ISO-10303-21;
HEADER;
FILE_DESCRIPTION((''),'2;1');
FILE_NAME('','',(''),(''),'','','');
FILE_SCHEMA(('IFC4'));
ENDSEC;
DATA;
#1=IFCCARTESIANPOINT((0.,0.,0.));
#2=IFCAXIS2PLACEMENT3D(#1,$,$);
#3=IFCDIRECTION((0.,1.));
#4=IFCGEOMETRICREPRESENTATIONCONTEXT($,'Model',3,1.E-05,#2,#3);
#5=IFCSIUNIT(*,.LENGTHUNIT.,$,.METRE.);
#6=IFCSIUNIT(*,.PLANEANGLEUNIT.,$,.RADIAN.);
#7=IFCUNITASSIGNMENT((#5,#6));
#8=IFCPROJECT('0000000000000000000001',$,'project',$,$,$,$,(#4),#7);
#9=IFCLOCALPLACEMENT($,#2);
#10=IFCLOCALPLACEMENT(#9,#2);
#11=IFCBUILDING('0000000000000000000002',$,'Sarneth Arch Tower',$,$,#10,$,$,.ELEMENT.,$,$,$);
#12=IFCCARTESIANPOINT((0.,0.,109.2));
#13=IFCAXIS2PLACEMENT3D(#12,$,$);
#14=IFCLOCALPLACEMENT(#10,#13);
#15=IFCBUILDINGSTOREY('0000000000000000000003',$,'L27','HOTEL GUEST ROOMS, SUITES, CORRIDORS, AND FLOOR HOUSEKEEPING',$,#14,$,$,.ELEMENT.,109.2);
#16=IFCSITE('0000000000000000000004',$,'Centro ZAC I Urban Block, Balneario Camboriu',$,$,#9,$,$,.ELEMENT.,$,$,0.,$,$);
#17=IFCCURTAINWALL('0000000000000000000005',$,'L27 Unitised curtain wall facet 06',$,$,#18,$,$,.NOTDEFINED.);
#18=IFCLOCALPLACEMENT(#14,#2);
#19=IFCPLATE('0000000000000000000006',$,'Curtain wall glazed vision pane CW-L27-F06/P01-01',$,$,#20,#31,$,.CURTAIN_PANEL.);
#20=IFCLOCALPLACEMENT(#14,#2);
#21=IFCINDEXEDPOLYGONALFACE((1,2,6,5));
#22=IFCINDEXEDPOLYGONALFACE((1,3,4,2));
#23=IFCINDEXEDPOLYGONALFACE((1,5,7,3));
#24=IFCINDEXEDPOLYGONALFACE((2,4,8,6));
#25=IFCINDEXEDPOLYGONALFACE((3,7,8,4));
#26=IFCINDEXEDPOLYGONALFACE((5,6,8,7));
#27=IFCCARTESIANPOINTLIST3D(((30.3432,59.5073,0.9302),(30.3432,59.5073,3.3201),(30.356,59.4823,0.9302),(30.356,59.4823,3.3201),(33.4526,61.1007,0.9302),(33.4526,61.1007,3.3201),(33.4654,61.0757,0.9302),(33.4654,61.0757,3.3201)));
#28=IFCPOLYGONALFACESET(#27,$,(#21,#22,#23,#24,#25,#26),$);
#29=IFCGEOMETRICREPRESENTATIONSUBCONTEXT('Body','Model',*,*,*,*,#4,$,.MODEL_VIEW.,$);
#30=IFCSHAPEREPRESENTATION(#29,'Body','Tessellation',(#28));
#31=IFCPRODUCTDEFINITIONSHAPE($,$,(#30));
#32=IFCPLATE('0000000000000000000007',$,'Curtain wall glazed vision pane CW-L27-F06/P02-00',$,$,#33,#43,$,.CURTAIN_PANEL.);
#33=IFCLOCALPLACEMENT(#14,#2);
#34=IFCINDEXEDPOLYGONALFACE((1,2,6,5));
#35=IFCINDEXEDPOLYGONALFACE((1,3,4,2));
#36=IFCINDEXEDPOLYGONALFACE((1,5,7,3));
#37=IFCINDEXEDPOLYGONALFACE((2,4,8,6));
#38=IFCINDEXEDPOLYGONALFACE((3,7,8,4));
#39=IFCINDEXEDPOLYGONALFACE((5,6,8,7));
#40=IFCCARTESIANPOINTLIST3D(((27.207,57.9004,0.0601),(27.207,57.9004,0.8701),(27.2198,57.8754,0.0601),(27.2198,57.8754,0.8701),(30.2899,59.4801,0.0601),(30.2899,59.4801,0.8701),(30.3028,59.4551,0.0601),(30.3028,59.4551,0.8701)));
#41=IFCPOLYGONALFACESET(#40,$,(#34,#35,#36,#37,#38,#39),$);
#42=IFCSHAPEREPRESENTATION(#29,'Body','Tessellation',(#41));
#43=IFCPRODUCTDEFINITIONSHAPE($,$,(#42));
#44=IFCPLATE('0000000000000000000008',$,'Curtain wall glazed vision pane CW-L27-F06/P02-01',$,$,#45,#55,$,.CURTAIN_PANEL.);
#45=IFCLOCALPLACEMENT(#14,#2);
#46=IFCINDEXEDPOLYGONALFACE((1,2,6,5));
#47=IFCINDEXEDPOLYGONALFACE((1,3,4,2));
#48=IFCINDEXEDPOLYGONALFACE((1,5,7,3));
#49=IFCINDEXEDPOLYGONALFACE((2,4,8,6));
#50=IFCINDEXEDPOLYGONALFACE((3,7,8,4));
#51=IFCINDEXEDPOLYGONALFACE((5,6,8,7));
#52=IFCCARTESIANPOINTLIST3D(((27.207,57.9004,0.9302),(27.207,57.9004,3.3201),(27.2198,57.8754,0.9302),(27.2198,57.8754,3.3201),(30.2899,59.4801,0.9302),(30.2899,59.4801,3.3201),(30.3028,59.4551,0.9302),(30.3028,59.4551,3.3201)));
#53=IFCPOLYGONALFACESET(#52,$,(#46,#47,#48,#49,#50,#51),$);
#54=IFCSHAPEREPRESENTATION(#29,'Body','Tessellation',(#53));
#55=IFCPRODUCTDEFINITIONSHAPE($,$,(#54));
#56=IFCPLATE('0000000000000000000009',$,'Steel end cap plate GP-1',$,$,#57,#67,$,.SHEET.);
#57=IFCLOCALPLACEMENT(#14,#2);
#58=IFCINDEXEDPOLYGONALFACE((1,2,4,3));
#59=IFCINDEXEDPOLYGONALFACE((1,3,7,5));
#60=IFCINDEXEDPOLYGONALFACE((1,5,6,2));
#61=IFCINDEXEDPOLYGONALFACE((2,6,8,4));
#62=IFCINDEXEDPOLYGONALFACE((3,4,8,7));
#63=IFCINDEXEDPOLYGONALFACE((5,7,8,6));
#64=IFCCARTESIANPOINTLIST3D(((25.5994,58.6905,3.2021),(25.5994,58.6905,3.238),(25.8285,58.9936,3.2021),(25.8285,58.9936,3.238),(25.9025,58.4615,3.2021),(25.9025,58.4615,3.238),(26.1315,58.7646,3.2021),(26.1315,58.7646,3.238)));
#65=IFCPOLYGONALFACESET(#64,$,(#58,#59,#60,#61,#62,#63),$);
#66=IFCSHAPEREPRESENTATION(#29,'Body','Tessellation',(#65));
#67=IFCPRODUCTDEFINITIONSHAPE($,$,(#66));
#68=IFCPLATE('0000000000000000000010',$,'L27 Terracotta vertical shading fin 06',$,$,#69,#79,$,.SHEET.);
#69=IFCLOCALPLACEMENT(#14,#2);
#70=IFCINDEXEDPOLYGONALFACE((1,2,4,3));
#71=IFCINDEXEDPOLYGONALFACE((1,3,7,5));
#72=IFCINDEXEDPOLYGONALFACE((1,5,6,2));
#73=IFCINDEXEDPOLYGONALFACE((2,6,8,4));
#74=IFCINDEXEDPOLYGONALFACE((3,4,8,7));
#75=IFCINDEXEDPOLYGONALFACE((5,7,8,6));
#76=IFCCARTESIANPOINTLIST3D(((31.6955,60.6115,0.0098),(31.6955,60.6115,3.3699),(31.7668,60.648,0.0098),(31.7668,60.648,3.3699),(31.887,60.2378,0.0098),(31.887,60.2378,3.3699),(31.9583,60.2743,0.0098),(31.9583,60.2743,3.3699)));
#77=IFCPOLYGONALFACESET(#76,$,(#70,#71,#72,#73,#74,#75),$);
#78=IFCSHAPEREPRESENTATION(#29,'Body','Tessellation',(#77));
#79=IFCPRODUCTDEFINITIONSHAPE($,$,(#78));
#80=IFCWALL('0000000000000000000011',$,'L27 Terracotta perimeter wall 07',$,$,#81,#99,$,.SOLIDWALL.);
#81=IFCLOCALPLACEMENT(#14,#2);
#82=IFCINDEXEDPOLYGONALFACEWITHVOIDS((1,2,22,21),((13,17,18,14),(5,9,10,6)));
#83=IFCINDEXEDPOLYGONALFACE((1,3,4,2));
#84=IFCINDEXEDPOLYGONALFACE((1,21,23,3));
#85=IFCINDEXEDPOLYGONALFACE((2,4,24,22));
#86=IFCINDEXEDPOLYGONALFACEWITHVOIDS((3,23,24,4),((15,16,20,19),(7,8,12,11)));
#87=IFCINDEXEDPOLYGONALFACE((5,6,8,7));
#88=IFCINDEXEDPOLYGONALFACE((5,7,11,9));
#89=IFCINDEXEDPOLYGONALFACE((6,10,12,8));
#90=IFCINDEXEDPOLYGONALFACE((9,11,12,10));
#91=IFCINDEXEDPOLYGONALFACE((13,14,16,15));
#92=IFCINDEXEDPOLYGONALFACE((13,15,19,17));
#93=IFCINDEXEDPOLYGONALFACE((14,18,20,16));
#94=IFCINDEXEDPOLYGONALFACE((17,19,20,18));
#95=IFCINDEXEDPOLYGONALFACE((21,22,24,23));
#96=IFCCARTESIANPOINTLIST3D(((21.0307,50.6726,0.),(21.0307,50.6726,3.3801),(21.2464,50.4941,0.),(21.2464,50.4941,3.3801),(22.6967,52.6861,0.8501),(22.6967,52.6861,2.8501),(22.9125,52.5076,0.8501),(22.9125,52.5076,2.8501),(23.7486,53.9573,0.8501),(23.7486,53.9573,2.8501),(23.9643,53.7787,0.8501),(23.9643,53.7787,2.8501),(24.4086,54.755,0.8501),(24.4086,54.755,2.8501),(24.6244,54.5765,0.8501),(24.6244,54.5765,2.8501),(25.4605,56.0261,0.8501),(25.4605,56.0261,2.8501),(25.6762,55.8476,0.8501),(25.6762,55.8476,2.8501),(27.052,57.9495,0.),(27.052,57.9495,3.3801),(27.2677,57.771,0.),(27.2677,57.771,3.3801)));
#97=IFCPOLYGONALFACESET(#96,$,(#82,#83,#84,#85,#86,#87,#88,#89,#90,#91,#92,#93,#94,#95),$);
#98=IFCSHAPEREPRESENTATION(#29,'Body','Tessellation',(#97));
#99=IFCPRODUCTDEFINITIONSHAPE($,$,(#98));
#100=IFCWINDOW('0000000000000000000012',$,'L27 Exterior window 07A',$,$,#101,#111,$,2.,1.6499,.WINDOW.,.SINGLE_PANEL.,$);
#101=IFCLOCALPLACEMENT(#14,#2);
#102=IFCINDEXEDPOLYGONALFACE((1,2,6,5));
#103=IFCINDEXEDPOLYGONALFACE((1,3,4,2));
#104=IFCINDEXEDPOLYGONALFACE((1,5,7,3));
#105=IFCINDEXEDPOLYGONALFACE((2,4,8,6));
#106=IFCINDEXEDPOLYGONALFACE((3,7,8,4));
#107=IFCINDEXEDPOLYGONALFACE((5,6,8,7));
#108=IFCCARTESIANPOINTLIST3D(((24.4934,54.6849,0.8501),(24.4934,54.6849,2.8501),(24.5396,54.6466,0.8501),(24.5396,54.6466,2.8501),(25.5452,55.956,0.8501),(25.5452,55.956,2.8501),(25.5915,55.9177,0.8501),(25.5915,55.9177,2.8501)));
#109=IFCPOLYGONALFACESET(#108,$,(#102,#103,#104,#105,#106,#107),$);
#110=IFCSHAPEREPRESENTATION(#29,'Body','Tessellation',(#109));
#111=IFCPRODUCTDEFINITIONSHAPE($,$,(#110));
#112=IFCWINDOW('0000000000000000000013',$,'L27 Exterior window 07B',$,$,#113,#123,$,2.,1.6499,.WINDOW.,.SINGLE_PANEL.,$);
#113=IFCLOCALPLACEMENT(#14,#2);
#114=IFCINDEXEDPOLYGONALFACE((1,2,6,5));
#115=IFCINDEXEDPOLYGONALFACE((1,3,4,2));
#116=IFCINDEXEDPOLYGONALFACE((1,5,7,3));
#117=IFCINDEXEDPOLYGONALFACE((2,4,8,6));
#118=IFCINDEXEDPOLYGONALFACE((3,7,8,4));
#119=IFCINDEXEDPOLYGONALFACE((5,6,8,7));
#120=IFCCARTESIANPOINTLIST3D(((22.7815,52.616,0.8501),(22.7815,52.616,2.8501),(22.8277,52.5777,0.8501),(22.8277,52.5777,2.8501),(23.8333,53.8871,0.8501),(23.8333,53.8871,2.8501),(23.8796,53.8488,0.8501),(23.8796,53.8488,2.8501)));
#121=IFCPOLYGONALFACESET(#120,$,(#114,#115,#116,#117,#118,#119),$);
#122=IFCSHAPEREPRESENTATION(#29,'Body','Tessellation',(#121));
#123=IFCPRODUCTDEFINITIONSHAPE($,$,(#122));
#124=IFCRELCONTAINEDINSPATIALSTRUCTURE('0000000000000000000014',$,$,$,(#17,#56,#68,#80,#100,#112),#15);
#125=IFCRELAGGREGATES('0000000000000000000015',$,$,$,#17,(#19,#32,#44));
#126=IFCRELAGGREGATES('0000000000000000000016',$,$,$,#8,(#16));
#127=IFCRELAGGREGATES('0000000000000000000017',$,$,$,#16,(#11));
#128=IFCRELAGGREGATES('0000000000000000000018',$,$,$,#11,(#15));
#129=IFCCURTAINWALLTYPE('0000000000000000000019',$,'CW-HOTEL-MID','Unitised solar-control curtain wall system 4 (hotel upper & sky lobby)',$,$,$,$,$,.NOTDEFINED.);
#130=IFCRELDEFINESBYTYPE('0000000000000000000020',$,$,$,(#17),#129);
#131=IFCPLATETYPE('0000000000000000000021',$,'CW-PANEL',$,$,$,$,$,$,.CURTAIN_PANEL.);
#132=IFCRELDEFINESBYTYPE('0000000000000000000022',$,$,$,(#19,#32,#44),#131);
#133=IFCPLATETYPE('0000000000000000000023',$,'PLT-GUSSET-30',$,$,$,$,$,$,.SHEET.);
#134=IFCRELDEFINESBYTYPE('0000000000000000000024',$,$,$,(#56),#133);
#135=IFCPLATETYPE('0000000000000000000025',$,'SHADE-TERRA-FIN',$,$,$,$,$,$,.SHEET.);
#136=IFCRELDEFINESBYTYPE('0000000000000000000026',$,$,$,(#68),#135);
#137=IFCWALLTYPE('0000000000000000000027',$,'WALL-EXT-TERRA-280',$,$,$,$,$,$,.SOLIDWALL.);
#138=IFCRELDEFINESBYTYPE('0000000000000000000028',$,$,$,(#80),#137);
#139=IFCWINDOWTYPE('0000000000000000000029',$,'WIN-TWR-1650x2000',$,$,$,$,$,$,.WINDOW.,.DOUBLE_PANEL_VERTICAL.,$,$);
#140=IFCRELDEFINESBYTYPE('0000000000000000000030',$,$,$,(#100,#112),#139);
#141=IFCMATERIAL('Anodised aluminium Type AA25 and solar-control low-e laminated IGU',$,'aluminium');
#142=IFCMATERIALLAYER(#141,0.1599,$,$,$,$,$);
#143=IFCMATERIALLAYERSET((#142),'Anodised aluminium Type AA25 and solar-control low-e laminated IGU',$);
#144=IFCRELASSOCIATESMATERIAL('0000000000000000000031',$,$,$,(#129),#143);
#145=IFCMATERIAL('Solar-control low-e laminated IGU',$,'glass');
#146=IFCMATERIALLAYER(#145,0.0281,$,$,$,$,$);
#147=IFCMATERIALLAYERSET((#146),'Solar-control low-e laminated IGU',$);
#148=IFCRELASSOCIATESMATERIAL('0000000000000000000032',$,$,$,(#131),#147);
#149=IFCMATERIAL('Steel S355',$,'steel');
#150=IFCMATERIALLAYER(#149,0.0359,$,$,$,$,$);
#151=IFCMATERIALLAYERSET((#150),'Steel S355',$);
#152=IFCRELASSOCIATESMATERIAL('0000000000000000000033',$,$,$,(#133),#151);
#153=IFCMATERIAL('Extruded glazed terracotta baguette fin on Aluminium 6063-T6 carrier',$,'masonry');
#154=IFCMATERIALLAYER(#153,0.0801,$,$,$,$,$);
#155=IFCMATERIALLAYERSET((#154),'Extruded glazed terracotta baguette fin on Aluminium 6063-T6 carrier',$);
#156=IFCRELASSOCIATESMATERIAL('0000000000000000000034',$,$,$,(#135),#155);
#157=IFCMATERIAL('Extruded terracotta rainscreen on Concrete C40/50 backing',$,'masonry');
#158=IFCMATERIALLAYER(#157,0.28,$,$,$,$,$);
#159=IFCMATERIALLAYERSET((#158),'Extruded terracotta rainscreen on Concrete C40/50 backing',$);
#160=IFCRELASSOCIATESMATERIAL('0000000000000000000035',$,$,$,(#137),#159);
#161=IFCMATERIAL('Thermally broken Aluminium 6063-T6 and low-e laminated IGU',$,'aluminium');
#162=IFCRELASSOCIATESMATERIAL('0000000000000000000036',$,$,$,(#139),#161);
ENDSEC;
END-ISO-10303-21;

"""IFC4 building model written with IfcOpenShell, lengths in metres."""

from ifc_helpers import new_model, si_unit, direction, frame, frame_2d, origin, origin_2d, place, context, subcontext, project, spatial, rectangle, extrude, material, layer, layer_set, type_object, element, fill, aggregate, save


model = new_model("IFC4")

# Units and contexts
model_context = context("Model", 3, precision=1e-05, world=origin(), true_north=direction((0.0, 1.0)))
body_context = subcontext(model_context, "Body", "Model", "MODEL_VIEW")
ifc_project = project(units=[si_unit("LENGTHUNIT", "METRE"), si_unit("PLANEANGLEUNIT", "RADIAN")], contexts=[model_context])

# Site, building, storey
site_placement = place(None, origin())
site = spatial("IfcSite", under=ifc_project, at=site_placement, Name="Centro ZAC I Urban Block, Balneario Camboriu", CompositionType="ELEMENT", RefElevation=0.0)
building_placement = place(site_placement, origin())
building = spatial("IfcBuilding", under=site, at=building_placement, Name="Sarneth Arch Tower", CompositionType="ELEMENT")
storey_placement = place(building_placement, frame((0.0, 0.0, 109.2)))
storey = spatial("IfcBuildingStorey", under=building, at=storey_placement, Name="L27", Description="HOTEL GUEST ROOMS, SUITES, CORRIDORS, AND FLOOR HOUSEKEEPING", CompositionType="ELEMENT", Elevation=109.2)

# Curtain wall
ifc_material_1 = material(Name="Anodised aluminium Type AA25 and solar-control low-e laminated IGU", Category="aluminium")
ifc_layer_1 = layer(ifc_material_1, 0.1599)
ifc_layer_set_1 = layer_set([ifc_layer_1], Name="Anodised aluminium Type AA25 and solar-control low-e laminated IGU")
curtain_wall_type = type_object("IfcCurtainWallType", Name="CW-HOTEL-MID", Description="Unitised solar-control curtain wall system 4 (hotel upper & sky lobby)", PredefinedType="NOTDEFINED", material=ifc_layer_set_1)
curtain_wall_placement = place(storey_placement, origin())
curtain_wall = element("IfcCurtainWall", 1, at=curtain_wall_placement, inside=storey, type_object=curtain_wall_type, Name="L27 Unitised curtain wall facet 06", PredefinedType="NOTDEFINED")

# Plates
ifc_material_2 = material(Name="Solar-control low-e laminated IGU", Category="glass")
ifc_layer_2 = layer(ifc_material_2, 0.0281)
ifc_layer_set_2 = layer_set([ifc_layer_2], Name="Solar-control low-e laminated IGU")
plate_type_1 = type_object("IfcPlateType", Name="CW-PANEL", PredefinedType="CURTAIN_PANEL", material=ifc_layer_set_2)
plate_1_placement = place(storey_placement, frame((31.9043, 60.2915, 0.9302), z_axis=(0.0, 0.0, 1.0), x_axis=(-0.889964, -0.456031, 0.0)))
plate_1 = element("IfcPlate", 2, at=plate_1_placement, type_object=plate_type_1, Name="Curtain wall glazed vision pane CW-L27-F06/P01-01", PredefinedType="CURTAIN_PANEL", context=body_context, shape_type="SweptSolid", body=[
    extrude(rectangle(XDim=3.4939, YDim=0.0281, at=origin_2d()), origin(), (0.0, 0.0, 1.0), 2.3899),
])
plate_2_placement = place(storey_placement, frame((28.7549, 58.6777, 0.0601), z_axis=(0.0, 0.0, 1.0), x_axis=(-0.889964, -0.456031, 0.0)))
plate_2 = element("IfcPlate", 3, at=plate_2_placement, type_object=plate_type_1, Name="Curtain wall glazed vision pane CW-L27-F06/P02-00", PredefinedType="CURTAIN_PANEL", context=body_context, shape_type="SweptSolid", body=[
    extrude(rectangle(XDim=3.4641, YDim=0.0281, at=origin_2d()), origin(), (0.0, 0.0, 1.0), 0.8101),
])
plate_3_placement = place(storey_placement, frame((28.7549, 58.6777, 0.9302), z_axis=(0.0, 0.0, 1.0), x_axis=(-0.889964, -0.456031, 0.0)))
plate_3 = element("IfcPlate", 4, at=plate_3_placement, type_object=plate_type_1, Name="Curtain wall glazed vision pane CW-L27-F06/P02-01", PredefinedType="CURTAIN_PANEL", context=body_context, shape_type="SweptSolid", body=[
    extrude(rectangle(XDim=3.4641, YDim=0.0281, at=origin_2d()), origin(), (0.0, 0.0, 1.0), 2.3899),
])
aggregate(curtain_wall, [plate_1, plate_2, plate_3])

# Plates
ifc_material_3 = material(Name="Steel S355", Category="steel")
ifc_layer_3 = layer(ifc_material_3, 0.0359)
ifc_layer_set_3 = layer_set([ifc_layer_3], Name="Steel S355")
plate_type_2 = type_object("IfcPlateType", Name="PLT-GUSSET-30", PredefinedType="SHEET", material=ifc_layer_set_3)
plate_4_placement = place(storey_placement, frame((25.8655, 58.7275, 3.2021), z_axis=(0.0, 0.0, 1.0), x_axis=(-0.797794, 0.60293, 0.0)))
element("IfcPlate", 5, at=plate_4_placement, inside=storey, type_object=plate_type_2, Name="Steel end cap plate GP-1", PredefinedType="SHEET", context=body_context, shape_type="SweptSolid", body=[
    extrude(rectangle(XDim=0.3799, YDim=0.3799, at=origin_2d()), origin(), (0.0, 0.0, 1.0), 0.0359),
])
ifc_material_4 = material(Name="Extruded glazed terracotta baguette fin on Aluminium 6063-T6 carrier", Category="masonry")
ifc_layer_4 = layer(ifc_material_4, 0.0801)
ifc_layer_set_4 = layer_set([ifc_layer_4], Name="Extruded glazed terracotta baguette fin on Aluminium 6063-T6 carrier")
plate_type_3 = type_object("IfcPlateType", Name="SHADE-TERRA-FIN", PredefinedType="SHEET", material=ifc_layer_set_4)
plate_5_placement = place(storey_placement, frame((31.8269, 60.4429, 0.0098), z_axis=(0.0, 0.0, 1.0), x_axis=(-0.456011, 0.889974, 0.0)))
element("IfcPlate", 6, at=plate_5_placement, inside=storey, type_object=plate_type_3, Name="L27 Terracotta vertical shading fin 06", PredefinedType="SHEET", context=body_context, shape_type="SweptSolid", body=[
    extrude(rectangle(XDim=0.4199, YDim=0.0801, at=origin_2d()), origin(), (0.0, 0.0, 1.0), 3.3601),
])

# Wall, openings, windows
ifc_material_5 = material(Name="Extruded terracotta rainscreen on Concrete C40/50 backing", Category="masonry")
ifc_layer_5 = layer(ifc_material_5, 0.28)
ifc_layer_set_5 = layer_set([ifc_layer_5], Name="Extruded terracotta rainscreen on Concrete C40/50 backing")
wall_type = type_object("IfcWallType", Name="WALL-EXT-TERRA-280", PredefinedType="SOLIDWALL", material=ifc_layer_set_5)
wall_placement = place(storey_placement, frame((27.1599, 57.8604, 0.0), z_axis=(0.0, 0.0, 1.0), x_axis=(-0.637506, -0.770446, 0.0)))
wall = element("IfcWall", 7, at=wall_placement, inside=storey, type_object=wall_type, Name="L27 Terracotta perimeter wall 07", PredefinedType="SOLIDWALL", context=body_context, shape_type="SweptSolid", body=[
    extrude(rectangle(XDim=9.4451, YDim=0.28, at=frame_2d((4.7227, 0.0))), origin(), (0.0, 0.0, 1.0), 3.3801),
])
opening_1_placement = place(wall_placement, frame((2.4966, 0.0, 0.8501)))
opening_1 = element("IfcOpeningElement", 8, at=opening_1_placement, cuts=wall, PredefinedType="OPENING", context=body_context, shape_type="SweptSolid", body=[
    extrude(rectangle(XDim=1.6499, YDim=2.0, at=frame_2d((0.825, 1.0))), frame((0.0, 0.1499, 0.0), z_axis=(0.0, -1.0, 0.0), x_axis=(1.0, 0.0, 0.0)), (0.0, 0.0, 1.0), 0.3),
])
opening_2_placement = place(wall_placement, frame((5.1819, 0.0, 0.8501)))
opening_2 = element("IfcOpeningElement", 9, at=opening_2_placement, cuts=wall, PredefinedType="OPENING", context=body_context, shape_type="SweptSolid", body=[
    extrude(rectangle(XDim=1.6499, YDim=2.0, at=frame_2d((0.825, 1.0))), frame((0.0, 0.1499, 0.0), z_axis=(0.0, -1.0, 0.0), x_axis=(1.0, 0.0, 0.0)), (0.0, 0.0, 1.0), 0.3),
])
ifc_material_6 = material(Name="Thermally broken Aluminium 6063-T6 and low-e laminated IGU", Category="aluminium")
window_type = type_object("IfcWindowType", Name="WIN-TWR-1650x2000", PartitioningType="DOUBLE_PANEL_VERTICAL", PredefinedType="WINDOW", material=ifc_material_6)
window_1_placement = place(opening_1_placement, origin())
window_1 = element("IfcWindow", 10, at=window_1_placement, inside=storey, type_object=window_type, Name="L27 Exterior window 07A", OverallHeight=2.0, OverallWidth=1.6499, PartitioningType="SINGLE_PANEL", PredefinedType="WINDOW", context=body_context, shape_type="SweptSolid", body=[
    extrude(rectangle(XDim=1.6499, YDim=2.0, at=frame_2d((0.825, 1.0))), frame((0.0, 0.03, 0.0), z_axis=(0.0, -1.0, 0.0), x_axis=(1.0, 0.0, 0.0)), (0.0, 0.0, 1.0), 0.0601),
])
fill(opening_1, window_1)
window_2_placement = place(opening_2_placement, origin())
window_2 = element("IfcWindow", 11, at=window_2_placement, inside=storey, type_object=window_type, Name="L27 Exterior window 07B", OverallHeight=2.0, OverallWidth=1.6499, PartitioningType="SINGLE_PANEL", PredefinedType="WINDOW", context=body_context, shape_type="SweptSolid", body=[
    extrude(rectangle(XDim=1.6499, YDim=2.0, at=frame_2d((0.825, 1.0))), frame((0.0, 0.03, 0.0), z_axis=(0.0, -1.0, 0.0), x_axis=(1.0, 0.0, 0.0)), (0.0, 0.0, 1.0), 0.0601),
])
fill(opening_2, window_2)

save(model, "model.ifc")
